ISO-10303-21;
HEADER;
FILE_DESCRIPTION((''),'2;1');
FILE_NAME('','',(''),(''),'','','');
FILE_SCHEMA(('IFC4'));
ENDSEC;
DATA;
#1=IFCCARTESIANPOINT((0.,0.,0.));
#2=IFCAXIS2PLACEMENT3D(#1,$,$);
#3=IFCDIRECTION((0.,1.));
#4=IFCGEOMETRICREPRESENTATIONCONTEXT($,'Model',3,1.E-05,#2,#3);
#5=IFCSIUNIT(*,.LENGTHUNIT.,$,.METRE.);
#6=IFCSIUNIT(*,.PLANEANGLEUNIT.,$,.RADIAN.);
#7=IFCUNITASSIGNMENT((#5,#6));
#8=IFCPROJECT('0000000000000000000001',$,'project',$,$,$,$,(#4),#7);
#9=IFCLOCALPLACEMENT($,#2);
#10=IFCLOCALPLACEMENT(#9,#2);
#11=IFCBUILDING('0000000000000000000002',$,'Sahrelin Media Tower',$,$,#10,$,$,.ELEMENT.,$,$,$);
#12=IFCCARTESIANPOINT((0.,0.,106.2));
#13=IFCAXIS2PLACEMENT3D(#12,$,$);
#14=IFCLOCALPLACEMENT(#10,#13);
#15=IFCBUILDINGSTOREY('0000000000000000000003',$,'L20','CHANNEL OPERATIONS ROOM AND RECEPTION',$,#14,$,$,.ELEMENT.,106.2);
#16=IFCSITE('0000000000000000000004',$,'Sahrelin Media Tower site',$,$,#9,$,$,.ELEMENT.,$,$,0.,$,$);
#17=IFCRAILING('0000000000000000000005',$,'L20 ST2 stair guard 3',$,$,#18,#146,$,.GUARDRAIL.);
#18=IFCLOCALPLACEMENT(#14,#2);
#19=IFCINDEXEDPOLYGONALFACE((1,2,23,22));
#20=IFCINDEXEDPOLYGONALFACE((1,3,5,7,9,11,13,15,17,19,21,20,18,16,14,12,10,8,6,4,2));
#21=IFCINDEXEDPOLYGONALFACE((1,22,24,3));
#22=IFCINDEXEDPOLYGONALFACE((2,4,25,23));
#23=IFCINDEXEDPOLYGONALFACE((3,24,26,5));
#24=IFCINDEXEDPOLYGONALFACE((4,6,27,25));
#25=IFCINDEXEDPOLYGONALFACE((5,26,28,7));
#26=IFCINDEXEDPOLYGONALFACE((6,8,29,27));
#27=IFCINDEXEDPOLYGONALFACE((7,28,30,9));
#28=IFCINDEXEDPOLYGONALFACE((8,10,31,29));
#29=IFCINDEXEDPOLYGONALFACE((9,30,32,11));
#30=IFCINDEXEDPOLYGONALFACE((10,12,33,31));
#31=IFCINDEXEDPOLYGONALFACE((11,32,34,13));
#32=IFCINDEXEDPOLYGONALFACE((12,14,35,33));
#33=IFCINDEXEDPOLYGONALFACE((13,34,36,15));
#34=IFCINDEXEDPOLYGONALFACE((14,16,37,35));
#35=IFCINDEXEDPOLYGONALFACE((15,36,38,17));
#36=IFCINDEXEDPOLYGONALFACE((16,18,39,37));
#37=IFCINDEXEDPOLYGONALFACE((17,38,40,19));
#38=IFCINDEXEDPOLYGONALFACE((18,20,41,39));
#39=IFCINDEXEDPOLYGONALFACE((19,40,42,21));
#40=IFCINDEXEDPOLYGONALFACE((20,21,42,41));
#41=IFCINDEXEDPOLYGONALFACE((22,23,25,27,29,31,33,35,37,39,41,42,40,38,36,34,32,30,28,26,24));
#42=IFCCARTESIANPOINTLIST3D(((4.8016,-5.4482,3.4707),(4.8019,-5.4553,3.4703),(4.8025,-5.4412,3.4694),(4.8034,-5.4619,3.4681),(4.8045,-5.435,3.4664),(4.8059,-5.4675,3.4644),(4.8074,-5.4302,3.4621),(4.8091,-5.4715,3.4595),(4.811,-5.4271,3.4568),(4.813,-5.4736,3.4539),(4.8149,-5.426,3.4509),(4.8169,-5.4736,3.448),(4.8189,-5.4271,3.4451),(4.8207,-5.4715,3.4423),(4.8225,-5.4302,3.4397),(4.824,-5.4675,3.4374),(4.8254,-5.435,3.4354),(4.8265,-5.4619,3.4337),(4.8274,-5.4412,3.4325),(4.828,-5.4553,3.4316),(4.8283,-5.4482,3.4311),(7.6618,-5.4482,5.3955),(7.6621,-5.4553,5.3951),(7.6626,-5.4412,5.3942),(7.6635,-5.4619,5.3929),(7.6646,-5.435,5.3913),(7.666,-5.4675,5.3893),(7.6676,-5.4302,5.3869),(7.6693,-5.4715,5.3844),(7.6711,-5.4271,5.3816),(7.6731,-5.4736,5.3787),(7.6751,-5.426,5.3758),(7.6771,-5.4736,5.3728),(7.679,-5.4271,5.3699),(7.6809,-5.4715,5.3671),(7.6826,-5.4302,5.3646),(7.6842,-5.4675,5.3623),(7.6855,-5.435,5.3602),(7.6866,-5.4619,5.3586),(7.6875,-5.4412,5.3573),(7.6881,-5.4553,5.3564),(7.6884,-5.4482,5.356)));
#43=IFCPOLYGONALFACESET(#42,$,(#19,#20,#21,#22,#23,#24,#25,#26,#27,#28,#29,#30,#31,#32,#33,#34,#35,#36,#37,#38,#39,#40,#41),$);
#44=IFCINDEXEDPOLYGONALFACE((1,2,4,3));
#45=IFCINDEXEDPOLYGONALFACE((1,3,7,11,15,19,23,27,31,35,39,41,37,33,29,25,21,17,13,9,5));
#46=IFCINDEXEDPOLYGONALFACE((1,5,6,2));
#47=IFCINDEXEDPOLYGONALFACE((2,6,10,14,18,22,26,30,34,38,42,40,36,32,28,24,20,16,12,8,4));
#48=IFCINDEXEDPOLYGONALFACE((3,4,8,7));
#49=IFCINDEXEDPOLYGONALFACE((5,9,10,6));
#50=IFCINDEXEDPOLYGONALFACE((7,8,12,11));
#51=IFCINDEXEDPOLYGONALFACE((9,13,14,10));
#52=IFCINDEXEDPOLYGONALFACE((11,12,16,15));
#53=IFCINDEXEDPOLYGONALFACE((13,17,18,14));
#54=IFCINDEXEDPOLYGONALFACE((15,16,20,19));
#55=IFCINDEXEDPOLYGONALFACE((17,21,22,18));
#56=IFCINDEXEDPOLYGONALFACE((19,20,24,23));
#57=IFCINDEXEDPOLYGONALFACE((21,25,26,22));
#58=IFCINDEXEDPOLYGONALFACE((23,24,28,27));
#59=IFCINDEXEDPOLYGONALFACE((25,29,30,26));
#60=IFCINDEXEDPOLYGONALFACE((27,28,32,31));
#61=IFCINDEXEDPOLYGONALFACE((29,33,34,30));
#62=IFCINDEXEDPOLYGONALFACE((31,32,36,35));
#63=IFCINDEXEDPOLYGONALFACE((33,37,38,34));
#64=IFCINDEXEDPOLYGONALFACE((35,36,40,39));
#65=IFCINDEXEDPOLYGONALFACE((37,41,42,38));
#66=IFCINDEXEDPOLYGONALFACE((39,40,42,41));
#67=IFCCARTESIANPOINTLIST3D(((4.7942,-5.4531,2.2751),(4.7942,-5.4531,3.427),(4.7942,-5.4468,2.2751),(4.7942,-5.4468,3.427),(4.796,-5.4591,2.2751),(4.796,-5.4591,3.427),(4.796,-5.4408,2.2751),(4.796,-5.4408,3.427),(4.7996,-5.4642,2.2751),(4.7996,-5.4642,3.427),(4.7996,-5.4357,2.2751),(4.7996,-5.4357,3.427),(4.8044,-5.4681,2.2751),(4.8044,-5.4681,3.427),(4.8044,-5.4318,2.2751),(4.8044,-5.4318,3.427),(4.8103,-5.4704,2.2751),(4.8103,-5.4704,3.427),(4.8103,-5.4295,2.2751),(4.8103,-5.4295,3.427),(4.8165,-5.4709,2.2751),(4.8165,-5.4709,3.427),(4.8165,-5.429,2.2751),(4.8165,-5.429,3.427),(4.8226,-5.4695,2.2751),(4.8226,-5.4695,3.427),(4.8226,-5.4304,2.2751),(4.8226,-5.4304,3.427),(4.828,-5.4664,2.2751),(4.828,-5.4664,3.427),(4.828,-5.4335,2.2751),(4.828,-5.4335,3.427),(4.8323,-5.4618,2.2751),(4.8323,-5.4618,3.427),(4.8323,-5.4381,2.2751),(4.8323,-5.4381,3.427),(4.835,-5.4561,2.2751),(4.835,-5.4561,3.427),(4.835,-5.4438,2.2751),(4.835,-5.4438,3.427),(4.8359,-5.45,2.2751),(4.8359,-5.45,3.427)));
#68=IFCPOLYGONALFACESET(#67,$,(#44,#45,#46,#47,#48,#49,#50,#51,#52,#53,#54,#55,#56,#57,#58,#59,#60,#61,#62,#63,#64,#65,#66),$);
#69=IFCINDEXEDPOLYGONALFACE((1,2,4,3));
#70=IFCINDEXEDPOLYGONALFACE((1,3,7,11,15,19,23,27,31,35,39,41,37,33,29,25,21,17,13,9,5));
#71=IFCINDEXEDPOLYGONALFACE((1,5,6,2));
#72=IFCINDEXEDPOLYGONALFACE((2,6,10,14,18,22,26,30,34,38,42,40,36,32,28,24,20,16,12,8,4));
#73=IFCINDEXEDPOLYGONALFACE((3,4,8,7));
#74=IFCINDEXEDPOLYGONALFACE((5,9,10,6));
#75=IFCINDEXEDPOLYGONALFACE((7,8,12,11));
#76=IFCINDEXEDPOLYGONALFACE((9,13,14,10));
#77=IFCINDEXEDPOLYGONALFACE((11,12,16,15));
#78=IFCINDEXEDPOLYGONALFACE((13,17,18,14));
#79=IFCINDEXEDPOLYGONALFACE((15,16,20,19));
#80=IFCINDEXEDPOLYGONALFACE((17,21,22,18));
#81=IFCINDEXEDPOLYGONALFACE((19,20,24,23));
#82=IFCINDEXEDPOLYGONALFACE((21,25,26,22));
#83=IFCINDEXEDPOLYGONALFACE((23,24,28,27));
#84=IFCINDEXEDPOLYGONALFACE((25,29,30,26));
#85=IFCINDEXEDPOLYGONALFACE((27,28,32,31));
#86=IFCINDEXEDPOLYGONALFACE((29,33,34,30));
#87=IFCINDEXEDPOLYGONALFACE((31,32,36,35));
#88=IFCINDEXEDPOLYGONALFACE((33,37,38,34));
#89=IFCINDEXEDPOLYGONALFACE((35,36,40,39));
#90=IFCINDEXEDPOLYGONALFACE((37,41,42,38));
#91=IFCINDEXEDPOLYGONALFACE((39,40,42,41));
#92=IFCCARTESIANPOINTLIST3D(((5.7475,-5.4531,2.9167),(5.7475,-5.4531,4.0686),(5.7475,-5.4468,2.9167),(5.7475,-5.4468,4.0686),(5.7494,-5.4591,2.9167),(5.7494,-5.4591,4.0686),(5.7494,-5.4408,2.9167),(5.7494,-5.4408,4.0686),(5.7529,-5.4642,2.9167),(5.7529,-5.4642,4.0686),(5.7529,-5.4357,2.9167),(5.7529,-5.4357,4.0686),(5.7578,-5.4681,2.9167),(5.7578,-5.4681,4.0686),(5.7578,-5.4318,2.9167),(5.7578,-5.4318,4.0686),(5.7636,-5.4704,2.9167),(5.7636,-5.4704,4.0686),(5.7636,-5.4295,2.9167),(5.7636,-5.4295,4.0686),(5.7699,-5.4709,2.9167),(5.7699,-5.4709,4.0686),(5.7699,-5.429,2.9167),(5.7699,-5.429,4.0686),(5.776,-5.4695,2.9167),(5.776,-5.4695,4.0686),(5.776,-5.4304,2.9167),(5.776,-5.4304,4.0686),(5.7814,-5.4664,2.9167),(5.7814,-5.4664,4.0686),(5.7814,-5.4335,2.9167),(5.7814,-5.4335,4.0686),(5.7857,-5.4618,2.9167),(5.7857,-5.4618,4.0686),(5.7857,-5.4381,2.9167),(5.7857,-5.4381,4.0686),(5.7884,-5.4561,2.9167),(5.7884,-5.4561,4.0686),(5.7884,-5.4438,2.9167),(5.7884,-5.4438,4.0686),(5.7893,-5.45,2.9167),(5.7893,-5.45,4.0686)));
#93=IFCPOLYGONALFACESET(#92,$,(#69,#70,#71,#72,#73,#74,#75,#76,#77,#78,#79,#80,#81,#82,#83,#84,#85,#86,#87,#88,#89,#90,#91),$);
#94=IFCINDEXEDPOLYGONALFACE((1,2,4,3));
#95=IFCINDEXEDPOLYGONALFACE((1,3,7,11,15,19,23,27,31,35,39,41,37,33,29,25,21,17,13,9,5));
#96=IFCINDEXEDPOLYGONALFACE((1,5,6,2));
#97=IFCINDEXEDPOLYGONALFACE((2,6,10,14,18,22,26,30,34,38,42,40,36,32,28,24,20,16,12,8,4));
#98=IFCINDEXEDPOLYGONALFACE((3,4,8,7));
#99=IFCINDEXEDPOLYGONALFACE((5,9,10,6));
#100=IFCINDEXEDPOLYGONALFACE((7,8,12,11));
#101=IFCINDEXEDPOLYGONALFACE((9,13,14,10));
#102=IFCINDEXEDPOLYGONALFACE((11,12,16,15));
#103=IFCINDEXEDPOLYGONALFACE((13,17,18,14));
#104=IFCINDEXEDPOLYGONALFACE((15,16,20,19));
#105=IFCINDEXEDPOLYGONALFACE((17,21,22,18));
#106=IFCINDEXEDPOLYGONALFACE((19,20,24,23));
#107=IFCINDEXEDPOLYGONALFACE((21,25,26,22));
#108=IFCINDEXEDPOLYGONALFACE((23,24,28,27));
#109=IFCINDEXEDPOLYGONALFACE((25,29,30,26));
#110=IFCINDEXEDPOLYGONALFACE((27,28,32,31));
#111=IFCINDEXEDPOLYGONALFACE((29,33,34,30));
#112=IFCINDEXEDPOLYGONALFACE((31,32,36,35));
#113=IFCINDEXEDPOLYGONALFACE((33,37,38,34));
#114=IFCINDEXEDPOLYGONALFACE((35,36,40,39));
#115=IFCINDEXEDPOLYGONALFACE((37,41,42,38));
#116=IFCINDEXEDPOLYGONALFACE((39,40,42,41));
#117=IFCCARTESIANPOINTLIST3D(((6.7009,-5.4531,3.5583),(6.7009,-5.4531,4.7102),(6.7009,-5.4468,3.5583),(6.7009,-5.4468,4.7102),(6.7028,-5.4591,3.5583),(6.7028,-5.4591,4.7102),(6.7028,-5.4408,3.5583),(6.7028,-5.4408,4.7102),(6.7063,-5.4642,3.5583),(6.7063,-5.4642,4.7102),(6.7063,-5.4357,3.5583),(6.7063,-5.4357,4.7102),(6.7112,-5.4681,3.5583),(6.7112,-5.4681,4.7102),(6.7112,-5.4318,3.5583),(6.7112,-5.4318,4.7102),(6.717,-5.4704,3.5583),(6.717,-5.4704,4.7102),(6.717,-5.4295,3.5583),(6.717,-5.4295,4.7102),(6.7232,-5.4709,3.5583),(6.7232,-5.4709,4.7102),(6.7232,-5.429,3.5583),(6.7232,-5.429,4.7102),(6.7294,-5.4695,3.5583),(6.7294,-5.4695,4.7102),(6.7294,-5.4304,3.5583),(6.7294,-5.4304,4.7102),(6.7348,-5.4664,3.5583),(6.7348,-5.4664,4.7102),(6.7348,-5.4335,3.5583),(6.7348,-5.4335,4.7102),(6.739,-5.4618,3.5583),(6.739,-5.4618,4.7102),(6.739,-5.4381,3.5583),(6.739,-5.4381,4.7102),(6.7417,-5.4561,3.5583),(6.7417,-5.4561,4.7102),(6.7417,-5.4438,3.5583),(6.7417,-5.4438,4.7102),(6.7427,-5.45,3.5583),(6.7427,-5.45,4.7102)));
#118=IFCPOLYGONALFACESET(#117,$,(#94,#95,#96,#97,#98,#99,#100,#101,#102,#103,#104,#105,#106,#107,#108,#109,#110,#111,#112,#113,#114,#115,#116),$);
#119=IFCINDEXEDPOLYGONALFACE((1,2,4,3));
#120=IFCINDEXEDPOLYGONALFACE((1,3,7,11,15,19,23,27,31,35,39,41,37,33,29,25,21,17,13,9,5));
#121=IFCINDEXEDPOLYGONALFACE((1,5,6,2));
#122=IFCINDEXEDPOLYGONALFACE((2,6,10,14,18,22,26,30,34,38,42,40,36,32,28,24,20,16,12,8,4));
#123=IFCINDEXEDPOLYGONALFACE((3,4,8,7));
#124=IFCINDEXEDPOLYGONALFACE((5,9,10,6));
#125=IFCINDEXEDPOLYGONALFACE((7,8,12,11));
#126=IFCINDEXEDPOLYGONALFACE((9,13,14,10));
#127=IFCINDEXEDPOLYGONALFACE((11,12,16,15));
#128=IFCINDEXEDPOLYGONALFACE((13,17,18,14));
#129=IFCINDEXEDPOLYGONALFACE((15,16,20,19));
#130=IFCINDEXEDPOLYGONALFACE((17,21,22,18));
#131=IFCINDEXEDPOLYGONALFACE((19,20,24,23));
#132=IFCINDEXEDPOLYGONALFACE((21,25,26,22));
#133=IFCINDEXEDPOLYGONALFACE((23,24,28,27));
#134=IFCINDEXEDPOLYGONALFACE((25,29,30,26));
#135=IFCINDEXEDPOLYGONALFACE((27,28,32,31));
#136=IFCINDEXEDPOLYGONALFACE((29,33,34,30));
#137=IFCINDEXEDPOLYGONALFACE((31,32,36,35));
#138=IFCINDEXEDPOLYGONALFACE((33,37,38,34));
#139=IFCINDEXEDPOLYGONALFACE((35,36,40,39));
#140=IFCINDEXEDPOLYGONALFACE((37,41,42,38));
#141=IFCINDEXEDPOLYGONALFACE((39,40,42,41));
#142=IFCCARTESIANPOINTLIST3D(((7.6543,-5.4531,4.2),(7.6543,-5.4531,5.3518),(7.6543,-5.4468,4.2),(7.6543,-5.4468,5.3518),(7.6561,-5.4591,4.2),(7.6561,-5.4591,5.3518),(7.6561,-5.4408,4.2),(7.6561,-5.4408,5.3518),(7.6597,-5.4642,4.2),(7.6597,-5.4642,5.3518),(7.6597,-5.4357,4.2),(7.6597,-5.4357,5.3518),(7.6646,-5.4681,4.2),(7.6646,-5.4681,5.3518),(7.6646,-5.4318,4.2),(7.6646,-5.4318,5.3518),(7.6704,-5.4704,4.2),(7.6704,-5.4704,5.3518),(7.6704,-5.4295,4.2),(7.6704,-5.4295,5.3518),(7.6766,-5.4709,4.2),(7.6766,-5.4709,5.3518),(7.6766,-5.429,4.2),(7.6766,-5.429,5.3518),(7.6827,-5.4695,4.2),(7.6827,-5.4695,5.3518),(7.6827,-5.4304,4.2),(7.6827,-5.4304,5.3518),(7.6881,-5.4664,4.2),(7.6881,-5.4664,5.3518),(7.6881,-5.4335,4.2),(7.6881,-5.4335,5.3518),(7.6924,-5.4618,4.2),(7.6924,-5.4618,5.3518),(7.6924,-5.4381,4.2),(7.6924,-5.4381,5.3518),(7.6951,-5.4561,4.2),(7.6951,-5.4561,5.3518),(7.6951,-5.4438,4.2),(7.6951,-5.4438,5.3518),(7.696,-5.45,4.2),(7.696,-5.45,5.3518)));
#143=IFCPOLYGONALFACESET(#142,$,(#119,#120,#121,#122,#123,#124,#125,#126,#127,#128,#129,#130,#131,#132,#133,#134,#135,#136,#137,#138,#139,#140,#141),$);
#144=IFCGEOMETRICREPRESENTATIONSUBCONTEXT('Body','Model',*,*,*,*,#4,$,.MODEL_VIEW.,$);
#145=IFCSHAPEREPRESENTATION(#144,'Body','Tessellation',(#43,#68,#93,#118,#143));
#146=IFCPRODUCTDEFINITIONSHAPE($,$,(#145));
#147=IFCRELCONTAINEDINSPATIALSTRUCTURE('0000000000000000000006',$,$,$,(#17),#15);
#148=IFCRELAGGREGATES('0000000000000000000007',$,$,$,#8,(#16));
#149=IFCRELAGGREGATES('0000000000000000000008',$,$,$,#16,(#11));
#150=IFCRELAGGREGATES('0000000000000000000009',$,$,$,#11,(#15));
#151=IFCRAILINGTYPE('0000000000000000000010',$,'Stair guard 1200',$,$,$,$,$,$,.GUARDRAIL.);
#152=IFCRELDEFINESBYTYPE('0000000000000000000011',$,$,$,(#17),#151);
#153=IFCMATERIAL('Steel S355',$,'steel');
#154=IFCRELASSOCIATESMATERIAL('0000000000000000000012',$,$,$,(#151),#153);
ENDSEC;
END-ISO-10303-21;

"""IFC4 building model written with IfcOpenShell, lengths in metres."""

from ifc_helpers import new_model, si_unit, direction, frame, origin, origin_2d, place, context, subcontext, project, spatial, circle, extrude, material, type_object, element, save


model = new_model("IFC4")

# Units and contexts
model_context = context("Model", 3, precision=1e-05, world=origin(), true_north=direction((0.0, 1.0)))
body_context = subcontext(model_context, "Body", "Model", "MODEL_VIEW")
ifc_project = project(units=[si_unit("LENGTHUNIT", "METRE"), si_unit("PLANEANGLEUNIT", "RADIAN")], contexts=[model_context])

# Site, building, storey
site_placement = place(None, origin())
site = spatial("IfcSite", under=ifc_project, at=site_placement, Name="Sahrelin Media Tower site", CompositionType="ELEMENT", RefElevation=0.0)
building_placement = place(site_placement, origin())
building = spatial("IfcBuilding", under=site, at=building_placement, Name="Sahrelin Media Tower", CompositionType="ELEMENT")
storey_placement = place(building_placement, frame((0.0, 0.0, 106.2)))
storey = spatial("IfcBuildingStorey", under=building, at=storey_placement, Name="L20", Description="CHANNEL OPERATIONS ROOM AND RECEPTION", CompositionType="ELEMENT", Elevation=106.2)

# Shared definitions
ifc_material_1 = material(Name="Steel S355", Category="steel")

# Railing
railing_type_1 = type_object("IfcRailingType", Name="Stair guard 1200", PredefinedType="GUARDRAIL", material=ifc_material_1)
railing_1_placement = place(storey_placement, frame((4.8149, -5.45, 2.2751)))
element("IfcRailing", 1, at=railing_1_placement, inside=storey, type_object=railing_type_1, Name="L20 ST2 stair guard 3", PredefinedType="GUARDRAIL", context=body_context, shape_type="SweptSolid", body=[
    extrude(circle(Radius=0.0239, at=origin_2d()), frame((0.0, 0.0, 1.1758), z_axis=(0.829624, 0.0, 0.558323), x_axis=(0.0, 1.0, 0.0)), (0.0, 0.0, 1.0), 3.4475),
    extrude(circle(Radius=0.021, at=origin_2d()), origin(), (0.0, 0.0, 1.0), 1.1519),
    extrude(circle(Radius=0.021, at=origin_2d()), frame((0.9534, 0.0, 0.6416)), (0.0, 0.0, 1.0), 1.1519),
    extrude(circle(Radius=0.021, at=origin_2d()), frame((1.9067, 0.0, 1.2832)), (0.0, 0.0, 1.0), 1.1519),
    extrude(circle(Radius=0.021, at=origin_2d()), frame((2.8601, 0.0, 1.9248)), (0.0, 0.0, 1.0), 1.1519),
])

save(model, "model.ifc")
